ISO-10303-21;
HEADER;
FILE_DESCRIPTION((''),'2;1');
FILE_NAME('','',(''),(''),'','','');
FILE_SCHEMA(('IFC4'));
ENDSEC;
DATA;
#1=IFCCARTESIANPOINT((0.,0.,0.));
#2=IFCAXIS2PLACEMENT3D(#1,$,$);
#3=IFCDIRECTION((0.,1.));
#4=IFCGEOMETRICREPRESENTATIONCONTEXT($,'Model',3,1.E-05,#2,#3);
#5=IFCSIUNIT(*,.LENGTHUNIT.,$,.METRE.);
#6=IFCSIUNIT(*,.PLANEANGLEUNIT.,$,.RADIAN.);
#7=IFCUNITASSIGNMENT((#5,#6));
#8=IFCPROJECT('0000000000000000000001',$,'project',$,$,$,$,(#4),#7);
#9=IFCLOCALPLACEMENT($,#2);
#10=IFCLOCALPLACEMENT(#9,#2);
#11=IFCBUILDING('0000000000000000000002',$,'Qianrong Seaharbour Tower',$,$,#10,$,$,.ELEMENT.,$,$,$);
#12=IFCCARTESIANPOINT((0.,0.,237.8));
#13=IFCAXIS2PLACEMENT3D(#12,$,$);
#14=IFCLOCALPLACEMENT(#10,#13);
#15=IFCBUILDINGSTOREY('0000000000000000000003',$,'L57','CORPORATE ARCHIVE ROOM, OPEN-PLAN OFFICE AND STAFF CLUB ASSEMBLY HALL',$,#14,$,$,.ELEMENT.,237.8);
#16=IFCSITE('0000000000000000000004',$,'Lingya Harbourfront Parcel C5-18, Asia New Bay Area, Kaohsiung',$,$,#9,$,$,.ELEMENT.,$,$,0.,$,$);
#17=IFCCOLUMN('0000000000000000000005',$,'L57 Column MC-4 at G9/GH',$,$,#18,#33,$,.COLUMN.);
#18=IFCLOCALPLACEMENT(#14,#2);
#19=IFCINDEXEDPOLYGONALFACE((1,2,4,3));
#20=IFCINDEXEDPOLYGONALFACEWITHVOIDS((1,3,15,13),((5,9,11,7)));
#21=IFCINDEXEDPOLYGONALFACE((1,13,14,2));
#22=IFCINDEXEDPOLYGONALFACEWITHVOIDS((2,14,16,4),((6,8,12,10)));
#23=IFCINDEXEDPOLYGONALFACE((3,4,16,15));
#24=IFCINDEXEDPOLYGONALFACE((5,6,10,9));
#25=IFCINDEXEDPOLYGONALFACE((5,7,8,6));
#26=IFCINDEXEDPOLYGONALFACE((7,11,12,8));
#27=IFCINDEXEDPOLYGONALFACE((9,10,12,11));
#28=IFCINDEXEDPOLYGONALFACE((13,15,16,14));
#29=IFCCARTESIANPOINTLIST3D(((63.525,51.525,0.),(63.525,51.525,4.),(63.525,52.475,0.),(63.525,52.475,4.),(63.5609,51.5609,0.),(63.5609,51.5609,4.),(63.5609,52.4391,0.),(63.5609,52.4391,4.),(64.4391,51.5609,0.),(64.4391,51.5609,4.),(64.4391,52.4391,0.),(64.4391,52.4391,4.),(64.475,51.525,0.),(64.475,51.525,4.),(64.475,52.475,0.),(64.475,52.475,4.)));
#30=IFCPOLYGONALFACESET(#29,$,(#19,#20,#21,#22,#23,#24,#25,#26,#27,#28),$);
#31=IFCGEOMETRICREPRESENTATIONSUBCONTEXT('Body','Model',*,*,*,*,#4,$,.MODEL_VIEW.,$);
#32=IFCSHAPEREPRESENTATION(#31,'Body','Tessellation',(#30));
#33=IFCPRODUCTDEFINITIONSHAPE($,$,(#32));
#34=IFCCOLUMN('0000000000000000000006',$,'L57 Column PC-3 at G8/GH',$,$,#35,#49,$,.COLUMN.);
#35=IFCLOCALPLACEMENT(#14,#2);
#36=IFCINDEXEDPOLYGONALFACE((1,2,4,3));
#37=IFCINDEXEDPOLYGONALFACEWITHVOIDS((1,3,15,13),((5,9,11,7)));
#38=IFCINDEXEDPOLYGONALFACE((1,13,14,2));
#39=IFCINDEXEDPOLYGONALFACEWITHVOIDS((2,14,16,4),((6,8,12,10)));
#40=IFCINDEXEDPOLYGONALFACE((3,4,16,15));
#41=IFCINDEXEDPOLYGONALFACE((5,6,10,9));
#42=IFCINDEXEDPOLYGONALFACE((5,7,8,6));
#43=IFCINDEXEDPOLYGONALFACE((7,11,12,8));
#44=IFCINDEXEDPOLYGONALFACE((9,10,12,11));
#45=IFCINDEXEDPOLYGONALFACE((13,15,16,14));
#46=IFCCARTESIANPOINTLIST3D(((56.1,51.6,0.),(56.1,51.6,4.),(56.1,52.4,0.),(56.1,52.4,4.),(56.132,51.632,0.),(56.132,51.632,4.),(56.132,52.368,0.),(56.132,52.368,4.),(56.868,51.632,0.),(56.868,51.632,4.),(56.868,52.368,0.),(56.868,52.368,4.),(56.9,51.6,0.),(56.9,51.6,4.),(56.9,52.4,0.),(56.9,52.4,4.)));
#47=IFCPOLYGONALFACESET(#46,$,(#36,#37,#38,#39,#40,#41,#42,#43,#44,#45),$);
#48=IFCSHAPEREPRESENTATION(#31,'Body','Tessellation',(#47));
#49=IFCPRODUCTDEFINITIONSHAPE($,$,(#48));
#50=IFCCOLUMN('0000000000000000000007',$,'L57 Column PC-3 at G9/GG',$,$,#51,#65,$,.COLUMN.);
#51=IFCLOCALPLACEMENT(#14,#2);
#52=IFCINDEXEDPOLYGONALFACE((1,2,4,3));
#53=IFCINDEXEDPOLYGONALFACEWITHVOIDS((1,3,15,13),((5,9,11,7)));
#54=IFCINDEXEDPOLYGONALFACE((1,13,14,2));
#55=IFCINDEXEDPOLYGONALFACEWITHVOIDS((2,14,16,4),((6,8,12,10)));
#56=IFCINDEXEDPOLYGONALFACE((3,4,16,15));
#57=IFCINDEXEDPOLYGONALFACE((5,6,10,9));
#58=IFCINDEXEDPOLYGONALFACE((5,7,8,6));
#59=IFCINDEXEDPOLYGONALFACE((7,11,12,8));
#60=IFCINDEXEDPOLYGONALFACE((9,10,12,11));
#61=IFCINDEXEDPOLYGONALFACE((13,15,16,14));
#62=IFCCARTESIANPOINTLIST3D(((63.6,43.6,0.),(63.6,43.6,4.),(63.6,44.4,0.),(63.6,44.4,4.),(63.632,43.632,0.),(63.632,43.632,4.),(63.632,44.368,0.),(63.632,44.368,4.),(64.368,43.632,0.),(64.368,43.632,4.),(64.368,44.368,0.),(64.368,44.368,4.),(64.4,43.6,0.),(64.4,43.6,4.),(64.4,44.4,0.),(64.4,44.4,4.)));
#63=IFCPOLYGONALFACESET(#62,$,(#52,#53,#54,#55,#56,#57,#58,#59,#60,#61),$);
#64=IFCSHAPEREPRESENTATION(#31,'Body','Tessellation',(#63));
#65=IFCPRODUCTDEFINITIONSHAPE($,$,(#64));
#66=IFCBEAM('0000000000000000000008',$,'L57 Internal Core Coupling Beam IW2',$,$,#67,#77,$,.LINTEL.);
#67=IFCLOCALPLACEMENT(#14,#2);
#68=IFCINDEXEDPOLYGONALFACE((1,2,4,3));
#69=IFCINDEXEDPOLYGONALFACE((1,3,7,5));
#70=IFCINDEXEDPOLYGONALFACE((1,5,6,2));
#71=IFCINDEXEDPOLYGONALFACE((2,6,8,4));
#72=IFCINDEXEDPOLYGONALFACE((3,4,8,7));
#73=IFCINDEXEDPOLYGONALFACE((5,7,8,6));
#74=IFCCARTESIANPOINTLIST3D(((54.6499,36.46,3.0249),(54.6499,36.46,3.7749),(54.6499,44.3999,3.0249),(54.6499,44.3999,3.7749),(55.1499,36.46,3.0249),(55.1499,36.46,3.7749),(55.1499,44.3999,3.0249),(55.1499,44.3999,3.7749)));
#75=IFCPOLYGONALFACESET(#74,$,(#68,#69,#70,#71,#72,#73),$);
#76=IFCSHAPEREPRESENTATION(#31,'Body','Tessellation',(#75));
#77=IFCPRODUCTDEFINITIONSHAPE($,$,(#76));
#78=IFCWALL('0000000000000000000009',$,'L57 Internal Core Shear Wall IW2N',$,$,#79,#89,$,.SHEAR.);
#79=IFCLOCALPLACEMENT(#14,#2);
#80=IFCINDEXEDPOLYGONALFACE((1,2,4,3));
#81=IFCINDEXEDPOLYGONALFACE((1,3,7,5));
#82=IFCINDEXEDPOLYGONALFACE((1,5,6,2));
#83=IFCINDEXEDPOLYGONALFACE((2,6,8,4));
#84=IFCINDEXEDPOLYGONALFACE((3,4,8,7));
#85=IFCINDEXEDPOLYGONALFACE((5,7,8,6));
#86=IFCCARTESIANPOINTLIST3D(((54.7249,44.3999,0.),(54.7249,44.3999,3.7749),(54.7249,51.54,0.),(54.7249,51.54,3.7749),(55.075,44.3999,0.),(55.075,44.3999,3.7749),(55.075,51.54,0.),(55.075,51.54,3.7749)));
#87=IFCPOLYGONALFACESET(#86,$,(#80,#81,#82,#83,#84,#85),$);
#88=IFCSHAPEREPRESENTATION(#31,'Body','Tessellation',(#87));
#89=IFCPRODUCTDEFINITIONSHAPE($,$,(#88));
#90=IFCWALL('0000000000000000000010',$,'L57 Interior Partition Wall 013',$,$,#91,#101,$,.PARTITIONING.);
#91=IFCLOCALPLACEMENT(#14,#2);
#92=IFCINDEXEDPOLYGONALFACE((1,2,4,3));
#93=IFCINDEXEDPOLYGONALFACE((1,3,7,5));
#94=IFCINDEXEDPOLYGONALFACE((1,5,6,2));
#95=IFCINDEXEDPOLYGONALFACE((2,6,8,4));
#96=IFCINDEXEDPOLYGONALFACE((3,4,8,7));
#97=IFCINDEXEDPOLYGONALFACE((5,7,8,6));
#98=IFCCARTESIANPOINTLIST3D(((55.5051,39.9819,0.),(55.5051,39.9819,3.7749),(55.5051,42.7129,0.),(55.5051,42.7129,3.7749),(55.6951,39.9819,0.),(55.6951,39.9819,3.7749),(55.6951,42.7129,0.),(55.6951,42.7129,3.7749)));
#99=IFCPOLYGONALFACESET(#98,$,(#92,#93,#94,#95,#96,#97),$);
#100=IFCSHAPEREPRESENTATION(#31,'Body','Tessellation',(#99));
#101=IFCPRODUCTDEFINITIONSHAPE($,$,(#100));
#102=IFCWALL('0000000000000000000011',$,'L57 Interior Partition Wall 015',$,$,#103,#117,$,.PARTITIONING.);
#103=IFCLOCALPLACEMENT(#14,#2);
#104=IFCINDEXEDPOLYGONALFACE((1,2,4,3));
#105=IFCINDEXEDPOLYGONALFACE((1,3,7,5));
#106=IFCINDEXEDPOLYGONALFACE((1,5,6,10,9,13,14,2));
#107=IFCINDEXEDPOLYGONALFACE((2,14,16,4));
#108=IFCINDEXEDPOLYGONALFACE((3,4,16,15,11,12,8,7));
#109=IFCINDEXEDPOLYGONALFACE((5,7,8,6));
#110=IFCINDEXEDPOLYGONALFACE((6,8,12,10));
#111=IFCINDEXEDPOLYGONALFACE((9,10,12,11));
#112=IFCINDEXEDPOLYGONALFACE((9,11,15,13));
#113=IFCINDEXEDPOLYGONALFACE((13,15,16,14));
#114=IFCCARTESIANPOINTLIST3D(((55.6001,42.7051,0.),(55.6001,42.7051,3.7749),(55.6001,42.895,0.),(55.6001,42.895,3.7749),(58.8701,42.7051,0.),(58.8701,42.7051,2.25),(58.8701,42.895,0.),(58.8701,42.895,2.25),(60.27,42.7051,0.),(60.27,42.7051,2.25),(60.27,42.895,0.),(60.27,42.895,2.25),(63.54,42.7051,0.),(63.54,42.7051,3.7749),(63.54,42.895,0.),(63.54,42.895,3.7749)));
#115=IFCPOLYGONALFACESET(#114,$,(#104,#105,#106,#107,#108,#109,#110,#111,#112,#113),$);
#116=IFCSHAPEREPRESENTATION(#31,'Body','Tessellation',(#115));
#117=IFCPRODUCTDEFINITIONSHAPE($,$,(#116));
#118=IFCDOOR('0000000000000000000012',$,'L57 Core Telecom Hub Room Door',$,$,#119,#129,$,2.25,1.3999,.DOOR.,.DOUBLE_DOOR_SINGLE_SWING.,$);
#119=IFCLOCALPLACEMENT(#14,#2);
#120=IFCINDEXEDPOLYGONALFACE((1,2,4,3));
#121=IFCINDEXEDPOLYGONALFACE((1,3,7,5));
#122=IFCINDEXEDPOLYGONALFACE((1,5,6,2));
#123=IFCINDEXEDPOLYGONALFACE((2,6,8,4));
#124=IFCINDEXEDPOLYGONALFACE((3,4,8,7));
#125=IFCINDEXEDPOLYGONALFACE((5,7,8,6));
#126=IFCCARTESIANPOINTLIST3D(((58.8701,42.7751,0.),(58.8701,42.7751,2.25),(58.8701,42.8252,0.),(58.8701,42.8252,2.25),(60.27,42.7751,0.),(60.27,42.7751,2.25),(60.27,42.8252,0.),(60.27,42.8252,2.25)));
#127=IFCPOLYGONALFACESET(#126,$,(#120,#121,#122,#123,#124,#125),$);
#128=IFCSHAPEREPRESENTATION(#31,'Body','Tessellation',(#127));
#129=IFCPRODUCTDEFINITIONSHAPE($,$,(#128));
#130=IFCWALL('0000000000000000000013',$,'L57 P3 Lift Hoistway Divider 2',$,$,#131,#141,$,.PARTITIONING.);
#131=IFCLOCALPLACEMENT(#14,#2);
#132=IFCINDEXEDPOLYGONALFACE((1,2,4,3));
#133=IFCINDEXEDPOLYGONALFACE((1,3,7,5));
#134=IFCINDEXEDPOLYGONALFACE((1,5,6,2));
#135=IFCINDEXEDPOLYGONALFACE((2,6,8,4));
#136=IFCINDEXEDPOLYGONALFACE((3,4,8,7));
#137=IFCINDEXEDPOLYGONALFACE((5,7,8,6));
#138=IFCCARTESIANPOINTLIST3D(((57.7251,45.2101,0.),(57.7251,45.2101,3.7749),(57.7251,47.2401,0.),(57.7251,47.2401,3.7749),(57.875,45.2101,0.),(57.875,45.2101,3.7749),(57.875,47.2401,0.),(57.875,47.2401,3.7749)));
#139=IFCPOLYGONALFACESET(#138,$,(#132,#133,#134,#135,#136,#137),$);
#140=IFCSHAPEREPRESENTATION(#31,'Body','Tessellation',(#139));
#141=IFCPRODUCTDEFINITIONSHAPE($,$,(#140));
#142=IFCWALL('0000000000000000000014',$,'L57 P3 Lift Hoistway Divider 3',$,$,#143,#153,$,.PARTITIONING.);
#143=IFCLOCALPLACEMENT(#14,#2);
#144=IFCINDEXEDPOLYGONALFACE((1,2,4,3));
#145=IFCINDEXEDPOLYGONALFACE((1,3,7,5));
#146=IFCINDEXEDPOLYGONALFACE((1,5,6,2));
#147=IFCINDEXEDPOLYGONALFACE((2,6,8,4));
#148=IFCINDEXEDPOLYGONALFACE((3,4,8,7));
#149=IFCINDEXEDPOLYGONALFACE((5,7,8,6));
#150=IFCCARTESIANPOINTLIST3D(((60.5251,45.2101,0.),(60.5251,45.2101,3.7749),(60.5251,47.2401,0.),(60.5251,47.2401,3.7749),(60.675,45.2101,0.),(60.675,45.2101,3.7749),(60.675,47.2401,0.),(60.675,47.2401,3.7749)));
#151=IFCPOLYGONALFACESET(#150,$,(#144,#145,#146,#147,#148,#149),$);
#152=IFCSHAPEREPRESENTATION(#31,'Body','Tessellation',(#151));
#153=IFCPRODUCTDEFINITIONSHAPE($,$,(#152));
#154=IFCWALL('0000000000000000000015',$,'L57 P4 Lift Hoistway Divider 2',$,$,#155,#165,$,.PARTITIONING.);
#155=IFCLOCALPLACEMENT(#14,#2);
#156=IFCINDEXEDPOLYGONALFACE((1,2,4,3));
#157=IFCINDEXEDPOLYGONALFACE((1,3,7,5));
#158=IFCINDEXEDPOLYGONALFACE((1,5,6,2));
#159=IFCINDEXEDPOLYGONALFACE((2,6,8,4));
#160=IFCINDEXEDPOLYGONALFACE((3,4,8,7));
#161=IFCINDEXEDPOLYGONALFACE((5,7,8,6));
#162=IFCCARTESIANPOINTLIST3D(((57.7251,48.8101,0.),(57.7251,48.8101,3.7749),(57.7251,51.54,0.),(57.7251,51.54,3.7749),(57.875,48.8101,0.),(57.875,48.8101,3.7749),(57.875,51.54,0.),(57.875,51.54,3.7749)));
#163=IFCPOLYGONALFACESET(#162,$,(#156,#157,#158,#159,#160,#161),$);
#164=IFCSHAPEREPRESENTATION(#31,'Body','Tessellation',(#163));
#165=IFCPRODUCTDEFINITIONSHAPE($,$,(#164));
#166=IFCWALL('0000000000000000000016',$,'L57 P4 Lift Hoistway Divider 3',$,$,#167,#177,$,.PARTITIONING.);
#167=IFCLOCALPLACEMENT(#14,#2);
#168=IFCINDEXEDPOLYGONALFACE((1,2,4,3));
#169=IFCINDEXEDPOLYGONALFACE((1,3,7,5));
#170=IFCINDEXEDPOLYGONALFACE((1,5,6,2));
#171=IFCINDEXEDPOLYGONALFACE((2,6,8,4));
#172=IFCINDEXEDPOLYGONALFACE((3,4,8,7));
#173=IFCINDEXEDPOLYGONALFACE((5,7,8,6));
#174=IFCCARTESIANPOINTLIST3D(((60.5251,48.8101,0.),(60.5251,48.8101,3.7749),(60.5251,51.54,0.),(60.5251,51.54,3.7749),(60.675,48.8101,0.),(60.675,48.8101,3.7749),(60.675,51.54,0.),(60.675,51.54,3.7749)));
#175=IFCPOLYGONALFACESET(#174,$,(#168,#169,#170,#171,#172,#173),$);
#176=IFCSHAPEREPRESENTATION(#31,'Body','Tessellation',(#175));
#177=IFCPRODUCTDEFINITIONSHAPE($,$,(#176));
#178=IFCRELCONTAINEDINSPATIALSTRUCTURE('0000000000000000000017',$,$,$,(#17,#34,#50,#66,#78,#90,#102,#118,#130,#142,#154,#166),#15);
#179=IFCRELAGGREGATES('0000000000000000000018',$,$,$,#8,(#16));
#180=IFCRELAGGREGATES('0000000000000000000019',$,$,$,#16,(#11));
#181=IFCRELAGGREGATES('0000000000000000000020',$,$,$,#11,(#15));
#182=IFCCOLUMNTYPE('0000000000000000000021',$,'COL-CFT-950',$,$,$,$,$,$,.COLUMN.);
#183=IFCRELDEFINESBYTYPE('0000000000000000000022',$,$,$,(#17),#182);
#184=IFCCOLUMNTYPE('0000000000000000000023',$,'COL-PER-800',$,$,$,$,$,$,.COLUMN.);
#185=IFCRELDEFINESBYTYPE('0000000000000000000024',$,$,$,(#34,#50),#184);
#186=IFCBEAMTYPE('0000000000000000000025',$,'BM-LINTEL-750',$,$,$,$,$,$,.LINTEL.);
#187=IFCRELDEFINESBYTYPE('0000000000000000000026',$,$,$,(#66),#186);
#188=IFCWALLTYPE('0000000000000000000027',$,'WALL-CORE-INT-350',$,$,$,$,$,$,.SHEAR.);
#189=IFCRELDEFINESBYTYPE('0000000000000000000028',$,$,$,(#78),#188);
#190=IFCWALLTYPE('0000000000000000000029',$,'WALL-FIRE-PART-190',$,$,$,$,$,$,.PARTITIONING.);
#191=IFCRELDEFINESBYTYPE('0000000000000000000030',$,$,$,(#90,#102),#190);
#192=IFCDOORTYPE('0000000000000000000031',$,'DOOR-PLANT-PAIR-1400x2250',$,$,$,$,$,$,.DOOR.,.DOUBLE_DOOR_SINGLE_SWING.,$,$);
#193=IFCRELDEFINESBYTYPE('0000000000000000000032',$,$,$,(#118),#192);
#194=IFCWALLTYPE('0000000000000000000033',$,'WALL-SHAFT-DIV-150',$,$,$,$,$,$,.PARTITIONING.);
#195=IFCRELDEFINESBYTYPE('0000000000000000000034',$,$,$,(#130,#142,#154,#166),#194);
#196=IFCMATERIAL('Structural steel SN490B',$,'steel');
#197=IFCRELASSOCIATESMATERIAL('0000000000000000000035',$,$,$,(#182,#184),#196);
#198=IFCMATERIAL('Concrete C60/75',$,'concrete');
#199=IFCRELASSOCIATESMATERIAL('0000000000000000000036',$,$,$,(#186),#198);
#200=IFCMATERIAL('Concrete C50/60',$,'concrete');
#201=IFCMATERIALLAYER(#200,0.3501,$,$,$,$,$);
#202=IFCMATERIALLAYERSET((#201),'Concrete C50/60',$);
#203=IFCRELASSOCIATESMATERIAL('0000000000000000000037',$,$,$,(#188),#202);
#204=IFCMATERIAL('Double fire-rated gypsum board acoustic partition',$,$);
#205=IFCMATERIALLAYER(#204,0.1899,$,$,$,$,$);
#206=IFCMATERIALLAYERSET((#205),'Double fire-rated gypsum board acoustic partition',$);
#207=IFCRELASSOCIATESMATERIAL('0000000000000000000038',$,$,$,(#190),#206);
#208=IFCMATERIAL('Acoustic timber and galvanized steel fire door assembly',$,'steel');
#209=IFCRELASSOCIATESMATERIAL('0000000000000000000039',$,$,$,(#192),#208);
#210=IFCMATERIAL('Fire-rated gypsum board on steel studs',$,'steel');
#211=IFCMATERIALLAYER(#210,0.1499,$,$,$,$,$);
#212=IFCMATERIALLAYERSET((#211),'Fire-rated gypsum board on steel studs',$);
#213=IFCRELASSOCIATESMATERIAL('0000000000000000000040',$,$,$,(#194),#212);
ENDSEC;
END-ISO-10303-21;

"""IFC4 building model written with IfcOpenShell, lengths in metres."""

from ifc_helpers import new_model, si_unit, direction, frame, frame_2d, origin, origin_2d, place, context, subcontext, project, spatial, rectangle, hollow_rectangle, extrude, material, layer, layer_set, material_profile, profile_set, type_object, element, fill, save


model = new_model("IFC4")

# Units and contexts
model_context = context("Model", 3, precision=1e-05, world=origin(), true_north=direction((0.0, 1.0)))
body_context = subcontext(model_context, "Body", "Model", "MODEL_VIEW")
ifc_project = project(units=[si_unit("LENGTHUNIT", "METRE"), si_unit("PLANEANGLEUNIT", "RADIAN")], contexts=[model_context])

# Site, building, storey
site_placement = place(None, origin())
site = spatial("IfcSite", under=ifc_project, at=site_placement, Name="Lingya Harbourfront Parcel C5-18, Asia New Bay Area, Kaohsiung", CompositionType="ELEMENT", RefElevation=0.0)
building_placement = place(site_placement, origin())
building = spatial("IfcBuilding", under=site, at=building_placement, Name="Qianrong Seaharbour Tower", CompositionType="ELEMENT")
storey_placement = place(building_placement, frame((0.0, 0.0, 237.8)))
storey = spatial("IfcBuildingStorey", under=building, at=storey_placement, Name="L57", Description="CORPORATE ARCHIVE ROOM, OPEN-PLAN OFFICE AND STAFF CLUB ASSEMBLY HALL", CompositionType="ELEMENT", Elevation=237.8)

# Columns
ifc_material_1 = material(Name="Structural steel SN490B", Category="steel")
ifc_material_profile_1 = material_profile(ifc_material_1, hollow_rectangle(XDim=0.95, YDim=0.95, WallThickness=0.0359, at=origin_2d()), Name="BOX950x950x36")
ifc_profile_set_1 = profile_set([ifc_material_profile_1], Name="Structural steel SN490B")
column_type_1 = type_object("IfcColumnType", Name="COL-CFT-950", PredefinedType="COLUMN", material=ifc_profile_set_1)
column_placement = place(storey_placement, frame((64.0, 52.0, 0.0), z_axis=(0.0, 0.0, 1.0), x_axis=(1.0, 0.0, 0.0)))
element("IfcColumn", 1, at=column_placement, inside=storey, type_object=column_type_1, Name="L57 Column MC-4 at G9/GH", PredefinedType="COLUMN", context=body_context, shape_type="SweptSolid", body=[
    extrude(hollow_rectangle(XDim=0.95, YDim=0.95, WallThickness=0.0359, at=origin_2d()), origin(), (0.0, 0.0, 1.0), 4.0),
])
ifc_material_profile_2 = material_profile(ifc_material_1, hollow_rectangle(XDim=0.8, YDim=0.8, WallThickness=0.032, at=origin_2d()), Name="BOX800x800x32")
ifc_profile_set_2 = profile_set([ifc_material_profile_2], Name="Structural steel SN490B")
column_type_2 = type_object("IfcColumnType", Name="COL-PER-800", PredefinedType="COLUMN", material=ifc_profile_set_2)
for number, where, z_axis, x_axis, name in (
    (2, (56.5, 52.0, 0.0), (0.0, 0.0, 1.0), (1.0, 0.0, 0.0), "L57 Column PC-3 at G8/GH"),
    (3, (64.0, 44.0, 0.0), (0.0, 0.0, 1.0), (1.0, 0.0, 0.0), "L57 Column PC-3 at G9/GG"),
):
    element("IfcColumn", number, at=place(storey_placement, frame(where, z_axis=z_axis, x_axis=x_axis)), inside=storey, type_object=column_type_2, Name=name, PredefinedType="COLUMN", context=body_context, shape_type="SweptSolid", body=[
        extrude(hollow_rectangle(XDim=0.8, YDim=0.8, WallThickness=0.032, at=origin_2d()), origin(), (0.0, 0.0, 1.0), 4.0),
    ])

# Beam
ifc_material_2 = material(Name="Concrete C60/75", Category="concrete")
ifc_material_profile_3 = material_profile(ifc_material_2, rectangle(XDim=0.5, YDim=0.75, at=origin_2d()), Name="RC500x750")
ifc_profile_set_3 = profile_set([ifc_material_profile_3], Name="Concrete C60/75")
beam_type = type_object("IfcBeamType", Name="BM-LINTEL-750", PredefinedType="LINTEL", material=ifc_profile_set_3)
beam_placement = place(storey_placement, frame((54.8999, 36.46, 3.3999), z_axis=(0.0, 1.0, 0.0), x_axis=(-1.0, 0.0, 0.0)))
element("IfcBeam", 4, at=beam_placement, inside=storey, type_object=beam_type, Name="L57 Internal Core Coupling Beam IW2", PredefinedType="LINTEL", context=body_context, shape_type="SweptSolid", body=[
    extrude(rectangle(XDim=0.5, YDim=0.75, at=origin_2d()), origin(), (0.0, 0.0, 1.0), 7.9399),
])

# Wall
ifc_material_3 = material(Name="Concrete C50/60", Category="concrete")
ifc_layer_1 = layer(ifc_material_3, 0.3501)
ifc_layer_set_1 = layer_set([ifc_layer_1], Name="Concrete C50/60")
wall_type_1 = type_object("IfcWallType", Name="WALL-CORE-INT-350", PredefinedType="SHEAR", material=ifc_layer_set_1)
wall_1_placement = place(storey_placement, frame((54.8999, 44.3999, 0.0), z_axis=(0.0, 0.0, 1.0), x_axis=(0.0, 1.0, 0.0)))
element("IfcWall", 5, at=wall_1_placement, inside=storey, type_object=wall_type_1, Name="L57 Internal Core Shear Wall IW2N", PredefinedType="SHEAR", context=body_context, shape_type="SweptSolid", body=[
    extrude(rectangle(XDim=7.1401, YDim=0.3501, at=frame_2d((3.5701, 0.0))), origin(), (0.0, 0.0, 1.0), 3.7749),
])

# Shared definitions
ifc_material_4 = material(Name="Double fire-rated gypsum board acoustic partition")
ifc_layer_2 = layer(ifc_material_4, 0.1899)
ifc_layer_set_2 = layer_set([ifc_layer_2], Name="Double fire-rated gypsum board acoustic partition")
wall_type_2 = type_object("IfcWallType", Name="WALL-FIRE-PART-190", PredefinedType="PARTITIONING", material=ifc_layer_set_2)
ifc_material_5 = material(Name="Acoustic timber and galvanized steel fire door assembly", Category="steel")

# Wall
wall_2_placement = place(storey_placement, frame((55.6001, 42.7129, 0.0), z_axis=(0.0, 0.0, 1.0), x_axis=(0.0, -1.0, 0.0)))
element("IfcWall", 6, at=wall_2_placement, inside=storey, type_object=wall_type_2, Name="L57 Interior Partition Wall 013", PredefinedType="PARTITIONING", context=body_context, shape_type="SweptSolid", body=[
    extrude(rectangle(XDim=2.731, YDim=0.1899, at=frame_2d((1.3655, 0.0))), origin(), (0.0, 0.0, 1.0), 3.7749),
])

# Wall, opening, door
wall_3_placement = place(storey_placement, frame((63.54, 42.8, 0.0), z_axis=(0.0, 0.0, 1.0), x_axis=(-1.0, 0.0, 0.0)))
wall_3 = element("IfcWall", 7, at=wall_3_placement, inside=storey, type_object=wall_type_2, Name="L57 Interior Partition Wall 015", PredefinedType="PARTITIONING", context=body_context, shape_type="SweptSolid", body=[
    extrude(rectangle(XDim=7.9399, YDim=0.1899, at=frame_2d((3.97, 0.0))), origin(), (0.0, 0.0, 1.0), 3.7749),
])
opening_1_placement = place(wall_3_placement, frame((3.27, 0.0, 0.0)))
opening_1 = element("IfcOpeningElement", 8, at=opening_1_placement, cuts=wall_3, PredefinedType="OPENING", context=body_context, shape_type="SweptSolid", body=[
    extrude(rectangle(XDim=1.3999, YDim=2.25, at=frame_2d((0.7, 1.125))), frame((0.0, 0.105, 0.0), z_axis=(0.0, -1.0, 0.0), x_axis=(1.0, 0.0, 0.0)), (0.0, 0.0, 1.0), 0.21),
])
door_type_1 = type_object("IfcDoorType", Name="DOOR-PLANT-PAIR-1400x2250", OperationType="DOUBLE_DOOR_SINGLE_SWING", PredefinedType="DOOR", material=ifc_material_5)
door_1_placement = place(opening_1_placement, origin())
door_1 = element("IfcDoor", 9, at=door_1_placement, inside=storey, type_object=door_type_1, Name="L57 Core Telecom Hub Room Door", OperationType="DOUBLE_DOOR_SINGLE_SWING", OverallHeight=2.25, OverallWidth=1.3999, PredefinedType="DOOR", context=body_context, shape_type="SweptSolid", body=[
    extrude(rectangle(XDim=1.3999, YDim=2.25, at=frame_2d((0.7, 1.125))), frame((0.0, 0.0249, 0.0), z_axis=(0.0, -1.0, 0.0), x_axis=(1.0, 0.0, 0.0)), (0.0, 0.0, 1.0), 0.05),
])
fill(opening_1, door_1)

# Walls
ifc_material_6 = material(Name="Fire-rated gypsum board on steel studs", Category="steel")
ifc_layer_3 = layer(ifc_material_6, 0.1499)
ifc_layer_set_3 = layer_set([ifc_layer_3], Name="Fire-rated gypsum board on steel studs")
wall_type_3 = type_object("IfcWallType", Name="WALL-SHAFT-DIV-150", PredefinedType="PARTITIONING", material=ifc_layer_set_3)
for number, where, z_axis, x_axis, name in (
    (10, (57.8, 45.21, 0.0), (0.0, 0.0, 1.0), (0.0, 1.0, 0.0), "L57 P3 Lift Hoistway Divider 2"),
    (11, (60.6001, 45.21, 0.0), (0.0, 0.0, 1.0), (0.0, 1.0, 0.0), "L57 P3 Lift Hoistway Divider 3"),
):
    element("IfcWall", number, at=place(storey_placement, frame(where, z_axis=z_axis, x_axis=x_axis)), inside=storey, type_object=wall_type_3, Name=name, PredefinedType="PARTITIONING", context=body_context, shape_type="SweptSolid", body=[
        extrude(rectangle(XDim=2.03, YDim=0.1499, at=frame_2d((1.0151, 0.0))), origin(), (0.0, 0.0, 1.0), 3.7749),
    ])
for number, where, z_axis, x_axis, name in (
    (12, (57.8, 48.8101, 0.0), (0.0, 0.0, 1.0), (0.0, 1.0, 0.0), "L57 P4 Lift Hoistway Divider 2"),
    (13, (60.6001, 48.8101, 0.0), (0.0, 0.0, 1.0), (0.0, 1.0, 0.0), "L57 P4 Lift Hoistway Divider 3"),
):
    element("IfcWall", number, at=place(storey_placement, frame(where, z_axis=z_axis, x_axis=x_axis)), inside=storey, type_object=wall_type_3, Name=name, PredefinedType="PARTITIONING", context=body_context, shape_type="SweptSolid", body=[
        extrude(rectangle(XDim=2.73, YDim=0.1499, at=frame_2d((1.365, 0.0))), origin(), (0.0, 0.0, 1.0), 3.7749),
    ])

save(model, "model.ifc")
